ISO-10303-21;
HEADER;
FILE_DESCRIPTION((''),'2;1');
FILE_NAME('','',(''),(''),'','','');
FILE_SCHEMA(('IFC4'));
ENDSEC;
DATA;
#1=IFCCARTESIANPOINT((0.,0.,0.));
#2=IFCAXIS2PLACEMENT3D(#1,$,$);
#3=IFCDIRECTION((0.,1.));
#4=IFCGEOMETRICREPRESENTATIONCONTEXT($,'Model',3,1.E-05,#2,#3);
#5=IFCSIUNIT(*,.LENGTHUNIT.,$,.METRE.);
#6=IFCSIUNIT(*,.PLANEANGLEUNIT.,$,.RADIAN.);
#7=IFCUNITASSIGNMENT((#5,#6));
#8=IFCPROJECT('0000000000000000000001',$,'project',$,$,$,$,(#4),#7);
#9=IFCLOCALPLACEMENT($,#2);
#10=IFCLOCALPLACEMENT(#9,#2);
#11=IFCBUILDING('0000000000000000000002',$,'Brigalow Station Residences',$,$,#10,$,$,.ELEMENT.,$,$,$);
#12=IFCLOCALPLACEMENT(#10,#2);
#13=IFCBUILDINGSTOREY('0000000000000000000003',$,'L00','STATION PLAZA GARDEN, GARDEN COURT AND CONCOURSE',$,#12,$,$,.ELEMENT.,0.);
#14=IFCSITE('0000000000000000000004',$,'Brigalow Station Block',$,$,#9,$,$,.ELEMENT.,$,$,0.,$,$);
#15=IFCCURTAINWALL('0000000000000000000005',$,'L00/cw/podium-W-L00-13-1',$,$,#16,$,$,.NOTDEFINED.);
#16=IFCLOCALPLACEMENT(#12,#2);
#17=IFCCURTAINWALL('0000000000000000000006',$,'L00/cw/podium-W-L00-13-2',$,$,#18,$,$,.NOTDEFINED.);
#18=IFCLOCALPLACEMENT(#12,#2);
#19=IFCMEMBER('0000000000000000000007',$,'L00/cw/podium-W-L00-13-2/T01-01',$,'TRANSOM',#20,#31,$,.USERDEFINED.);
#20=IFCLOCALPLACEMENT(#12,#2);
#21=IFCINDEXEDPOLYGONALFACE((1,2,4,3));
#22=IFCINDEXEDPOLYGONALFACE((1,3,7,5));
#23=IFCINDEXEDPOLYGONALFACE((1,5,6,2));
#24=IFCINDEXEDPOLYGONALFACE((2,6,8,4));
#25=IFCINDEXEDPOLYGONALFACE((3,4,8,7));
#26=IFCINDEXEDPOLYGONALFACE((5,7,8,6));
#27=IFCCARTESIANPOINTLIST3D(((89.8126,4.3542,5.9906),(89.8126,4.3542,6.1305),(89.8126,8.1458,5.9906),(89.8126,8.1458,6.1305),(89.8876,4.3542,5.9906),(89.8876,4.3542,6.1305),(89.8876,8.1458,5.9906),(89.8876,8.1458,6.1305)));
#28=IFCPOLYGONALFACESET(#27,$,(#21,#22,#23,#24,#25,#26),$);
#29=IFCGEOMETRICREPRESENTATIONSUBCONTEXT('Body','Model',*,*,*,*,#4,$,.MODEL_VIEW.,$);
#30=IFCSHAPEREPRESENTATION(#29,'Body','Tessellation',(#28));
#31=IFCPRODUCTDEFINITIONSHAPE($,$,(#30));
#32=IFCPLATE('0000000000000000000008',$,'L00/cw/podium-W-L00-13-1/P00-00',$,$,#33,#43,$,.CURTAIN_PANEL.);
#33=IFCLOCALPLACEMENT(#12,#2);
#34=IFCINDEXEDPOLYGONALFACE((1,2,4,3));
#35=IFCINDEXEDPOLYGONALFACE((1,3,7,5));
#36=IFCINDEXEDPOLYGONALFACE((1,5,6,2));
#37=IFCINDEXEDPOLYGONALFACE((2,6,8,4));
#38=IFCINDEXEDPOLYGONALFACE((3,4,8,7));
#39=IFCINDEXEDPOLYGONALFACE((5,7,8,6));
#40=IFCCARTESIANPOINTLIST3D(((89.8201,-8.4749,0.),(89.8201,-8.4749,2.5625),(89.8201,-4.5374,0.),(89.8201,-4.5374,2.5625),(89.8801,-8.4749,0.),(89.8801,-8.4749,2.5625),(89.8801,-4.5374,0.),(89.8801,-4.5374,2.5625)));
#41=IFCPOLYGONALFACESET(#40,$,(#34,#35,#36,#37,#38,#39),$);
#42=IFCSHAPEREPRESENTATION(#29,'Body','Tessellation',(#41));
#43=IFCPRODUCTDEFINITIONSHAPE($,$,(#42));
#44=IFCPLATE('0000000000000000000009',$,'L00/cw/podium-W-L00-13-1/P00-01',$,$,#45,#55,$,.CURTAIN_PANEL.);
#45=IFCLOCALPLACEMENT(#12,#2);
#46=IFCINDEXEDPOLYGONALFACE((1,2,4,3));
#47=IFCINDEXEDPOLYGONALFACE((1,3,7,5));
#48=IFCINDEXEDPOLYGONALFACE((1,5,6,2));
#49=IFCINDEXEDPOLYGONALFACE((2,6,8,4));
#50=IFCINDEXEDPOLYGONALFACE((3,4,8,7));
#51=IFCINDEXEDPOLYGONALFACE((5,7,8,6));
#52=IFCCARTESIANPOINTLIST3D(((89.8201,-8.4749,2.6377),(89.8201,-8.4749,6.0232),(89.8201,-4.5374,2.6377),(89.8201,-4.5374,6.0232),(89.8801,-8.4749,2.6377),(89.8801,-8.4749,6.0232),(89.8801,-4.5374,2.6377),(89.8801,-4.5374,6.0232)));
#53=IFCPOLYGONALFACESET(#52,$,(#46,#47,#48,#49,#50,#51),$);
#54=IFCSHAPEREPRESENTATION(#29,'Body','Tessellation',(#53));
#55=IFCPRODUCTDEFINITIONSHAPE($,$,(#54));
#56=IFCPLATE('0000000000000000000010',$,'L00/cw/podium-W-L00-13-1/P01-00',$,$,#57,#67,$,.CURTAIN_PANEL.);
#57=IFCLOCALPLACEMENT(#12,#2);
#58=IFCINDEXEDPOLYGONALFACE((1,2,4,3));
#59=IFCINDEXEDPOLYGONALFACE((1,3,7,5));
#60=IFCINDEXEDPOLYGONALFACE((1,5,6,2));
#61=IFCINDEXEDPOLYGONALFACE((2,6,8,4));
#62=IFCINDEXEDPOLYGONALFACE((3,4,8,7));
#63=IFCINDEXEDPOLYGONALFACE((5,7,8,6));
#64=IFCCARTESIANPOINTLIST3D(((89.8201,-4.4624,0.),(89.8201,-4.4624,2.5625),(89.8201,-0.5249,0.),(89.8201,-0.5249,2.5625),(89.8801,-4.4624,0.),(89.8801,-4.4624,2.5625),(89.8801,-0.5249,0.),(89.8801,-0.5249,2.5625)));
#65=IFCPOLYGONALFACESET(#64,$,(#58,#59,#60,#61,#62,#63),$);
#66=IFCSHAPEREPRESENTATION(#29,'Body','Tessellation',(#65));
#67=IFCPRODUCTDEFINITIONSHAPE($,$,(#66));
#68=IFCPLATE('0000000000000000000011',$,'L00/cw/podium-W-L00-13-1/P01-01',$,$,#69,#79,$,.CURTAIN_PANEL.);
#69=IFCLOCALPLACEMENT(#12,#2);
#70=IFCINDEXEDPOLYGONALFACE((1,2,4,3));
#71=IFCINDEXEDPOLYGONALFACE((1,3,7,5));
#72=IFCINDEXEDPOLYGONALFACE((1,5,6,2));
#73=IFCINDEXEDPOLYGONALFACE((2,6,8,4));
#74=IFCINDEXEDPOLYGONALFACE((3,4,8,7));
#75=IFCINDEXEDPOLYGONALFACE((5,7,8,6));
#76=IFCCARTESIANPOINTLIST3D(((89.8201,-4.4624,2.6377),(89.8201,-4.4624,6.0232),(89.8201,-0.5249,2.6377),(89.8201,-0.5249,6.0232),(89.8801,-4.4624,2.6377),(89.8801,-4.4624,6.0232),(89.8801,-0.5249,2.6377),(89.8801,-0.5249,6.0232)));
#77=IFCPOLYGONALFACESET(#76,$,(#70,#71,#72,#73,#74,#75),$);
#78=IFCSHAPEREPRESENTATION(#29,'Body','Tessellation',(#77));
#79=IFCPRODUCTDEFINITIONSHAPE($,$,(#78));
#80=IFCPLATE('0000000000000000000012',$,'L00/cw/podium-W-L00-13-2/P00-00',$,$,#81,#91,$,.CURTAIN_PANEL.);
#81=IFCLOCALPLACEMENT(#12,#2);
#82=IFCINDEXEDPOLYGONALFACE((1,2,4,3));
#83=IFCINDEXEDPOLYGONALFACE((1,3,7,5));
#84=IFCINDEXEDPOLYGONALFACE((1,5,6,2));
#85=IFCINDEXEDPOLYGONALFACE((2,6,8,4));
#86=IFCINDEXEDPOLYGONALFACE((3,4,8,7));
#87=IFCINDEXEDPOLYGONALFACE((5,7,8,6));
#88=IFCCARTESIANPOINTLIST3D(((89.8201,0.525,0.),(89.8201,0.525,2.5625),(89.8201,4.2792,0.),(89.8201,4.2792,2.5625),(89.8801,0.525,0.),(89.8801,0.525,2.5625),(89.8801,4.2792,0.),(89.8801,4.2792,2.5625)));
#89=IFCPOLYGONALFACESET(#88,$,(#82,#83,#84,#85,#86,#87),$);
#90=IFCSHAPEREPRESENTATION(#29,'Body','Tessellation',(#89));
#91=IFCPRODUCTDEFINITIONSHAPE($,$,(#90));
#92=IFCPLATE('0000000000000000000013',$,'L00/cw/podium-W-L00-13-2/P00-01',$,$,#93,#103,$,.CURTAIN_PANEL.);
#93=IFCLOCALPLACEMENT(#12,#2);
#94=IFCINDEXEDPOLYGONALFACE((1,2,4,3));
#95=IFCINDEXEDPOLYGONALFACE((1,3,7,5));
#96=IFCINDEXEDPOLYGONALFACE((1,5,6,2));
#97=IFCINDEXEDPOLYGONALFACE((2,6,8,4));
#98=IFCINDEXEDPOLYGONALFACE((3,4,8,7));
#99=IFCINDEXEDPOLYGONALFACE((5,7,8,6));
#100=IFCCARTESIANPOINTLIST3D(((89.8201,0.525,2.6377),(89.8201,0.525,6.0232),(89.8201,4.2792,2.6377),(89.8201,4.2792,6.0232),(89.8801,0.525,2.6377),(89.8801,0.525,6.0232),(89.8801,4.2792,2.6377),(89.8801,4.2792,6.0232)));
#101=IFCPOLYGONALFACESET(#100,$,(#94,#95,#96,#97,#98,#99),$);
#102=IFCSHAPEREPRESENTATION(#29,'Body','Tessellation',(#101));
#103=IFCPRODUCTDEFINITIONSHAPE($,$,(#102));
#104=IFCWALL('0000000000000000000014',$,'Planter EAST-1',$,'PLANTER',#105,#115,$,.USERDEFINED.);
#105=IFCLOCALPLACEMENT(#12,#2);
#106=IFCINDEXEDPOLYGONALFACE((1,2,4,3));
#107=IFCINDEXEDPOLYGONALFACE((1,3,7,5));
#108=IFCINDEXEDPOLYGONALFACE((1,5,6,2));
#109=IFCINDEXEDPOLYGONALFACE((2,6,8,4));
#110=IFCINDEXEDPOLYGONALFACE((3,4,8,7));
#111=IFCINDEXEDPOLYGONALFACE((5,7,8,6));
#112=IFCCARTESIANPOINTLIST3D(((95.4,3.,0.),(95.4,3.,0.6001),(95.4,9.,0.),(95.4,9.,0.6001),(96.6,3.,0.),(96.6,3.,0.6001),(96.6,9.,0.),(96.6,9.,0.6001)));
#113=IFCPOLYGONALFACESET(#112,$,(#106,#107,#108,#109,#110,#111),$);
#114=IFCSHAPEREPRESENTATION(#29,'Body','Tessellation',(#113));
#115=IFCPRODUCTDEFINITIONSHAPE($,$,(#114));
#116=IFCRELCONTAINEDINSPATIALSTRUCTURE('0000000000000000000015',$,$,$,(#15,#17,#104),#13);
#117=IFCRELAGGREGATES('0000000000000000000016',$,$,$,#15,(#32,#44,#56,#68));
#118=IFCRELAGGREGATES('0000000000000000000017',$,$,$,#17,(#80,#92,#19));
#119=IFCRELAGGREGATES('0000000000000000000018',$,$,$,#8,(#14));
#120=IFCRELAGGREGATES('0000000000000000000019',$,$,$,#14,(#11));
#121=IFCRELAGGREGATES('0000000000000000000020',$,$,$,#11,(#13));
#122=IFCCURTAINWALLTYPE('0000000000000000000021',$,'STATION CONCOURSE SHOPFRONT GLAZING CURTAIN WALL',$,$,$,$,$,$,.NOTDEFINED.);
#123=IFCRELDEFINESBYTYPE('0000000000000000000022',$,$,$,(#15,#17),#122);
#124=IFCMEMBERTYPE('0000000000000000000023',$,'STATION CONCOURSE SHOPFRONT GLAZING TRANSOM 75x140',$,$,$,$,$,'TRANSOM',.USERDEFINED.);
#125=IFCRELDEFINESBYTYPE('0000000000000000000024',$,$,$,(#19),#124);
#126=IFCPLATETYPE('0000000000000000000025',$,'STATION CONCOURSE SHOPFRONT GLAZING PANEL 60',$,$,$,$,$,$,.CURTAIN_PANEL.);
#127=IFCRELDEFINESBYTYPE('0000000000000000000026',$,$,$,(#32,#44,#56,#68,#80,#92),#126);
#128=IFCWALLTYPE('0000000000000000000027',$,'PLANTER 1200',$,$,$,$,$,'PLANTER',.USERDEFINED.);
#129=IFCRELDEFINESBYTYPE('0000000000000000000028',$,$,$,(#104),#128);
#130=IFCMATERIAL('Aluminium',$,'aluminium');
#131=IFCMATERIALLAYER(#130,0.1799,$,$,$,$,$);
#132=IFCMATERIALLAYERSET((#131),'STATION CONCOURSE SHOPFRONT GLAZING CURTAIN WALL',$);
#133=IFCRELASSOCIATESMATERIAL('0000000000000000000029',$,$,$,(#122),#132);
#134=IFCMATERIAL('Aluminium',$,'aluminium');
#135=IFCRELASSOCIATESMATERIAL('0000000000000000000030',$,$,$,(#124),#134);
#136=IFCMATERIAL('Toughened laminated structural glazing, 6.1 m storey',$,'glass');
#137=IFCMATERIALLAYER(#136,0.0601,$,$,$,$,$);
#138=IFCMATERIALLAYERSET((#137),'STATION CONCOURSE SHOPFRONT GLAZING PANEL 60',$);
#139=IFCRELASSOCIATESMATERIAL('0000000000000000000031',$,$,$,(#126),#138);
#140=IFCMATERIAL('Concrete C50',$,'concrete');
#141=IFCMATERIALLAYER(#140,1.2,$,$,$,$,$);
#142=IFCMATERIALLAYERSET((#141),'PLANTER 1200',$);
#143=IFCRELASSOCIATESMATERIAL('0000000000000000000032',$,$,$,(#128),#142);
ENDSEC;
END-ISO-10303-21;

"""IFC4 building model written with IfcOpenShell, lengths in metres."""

from ifc_helpers import new_model, si_unit, direction, frame, frame_2d, origin, origin_2d, place, context, subcontext, project, spatial, rectangle, extrude, material, layer, layer_set, material_profile, profile_set, type_object, element, aggregate, save


model = new_model("IFC4")

# Units and contexts
model_context = context("Model", 3, precision=1e-05, world=origin(), true_north=direction((0.0, 1.0)))
body_context = subcontext(model_context, "Body", "Model", "MODEL_VIEW")
ifc_project = project(units=[si_unit("LENGTHUNIT", "METRE"), si_unit("PLANEANGLEUNIT", "RADIAN")], contexts=[model_context])

# Site, building, storey
site_placement = place(None, origin())
site = spatial("IfcSite", under=ifc_project, at=site_placement, Name="Brigalow Station Block", CompositionType="ELEMENT", RefElevation=0.0)
building_placement = place(site_placement, origin())
building = spatial("IfcBuilding", under=site, at=building_placement, Name="Brigalow Station Residences", CompositionType="ELEMENT")
storey_placement = place(building_placement, origin())
storey = spatial("IfcBuildingStorey", under=building, at=storey_placement, Name="L00", Description="STATION PLAZA GARDEN, GARDEN COURT AND CONCOURSE", CompositionType="ELEMENT", Elevation=0.0)

# Curtain walls
ifc_material_1 = material(Name="Aluminium", Category="aluminium")
ifc_layer_1 = layer(ifc_material_1, 0.1799)
ifc_layer_set_1 = layer_set([ifc_layer_1], Name="STATION CONCOURSE SHOPFRONT GLAZING CURTAIN WALL")
curtain_wall_type = type_object("IfcCurtainWallType", Name="STATION CONCOURSE SHOPFRONT GLAZING CURTAIN WALL", PredefinedType="NOTDEFINED", material=ifc_layer_set_1)
curtain_wall_1_placement = place(storey_placement, origin())
curtain_wall_1 = element("IfcCurtainWall", 1, at=curtain_wall_1_placement, inside=storey, type_object=curtain_wall_type, Name="L00/cw/podium-W-L00-13-1", PredefinedType="NOTDEFINED")
curtain_wall_2_placement = place(storey_placement, origin())
curtain_wall_2 = element("IfcCurtainWall", 2, at=curtain_wall_2_placement, inside=storey, type_object=curtain_wall_type, Name="L00/cw/podium-W-L00-13-2", PredefinedType="NOTDEFINED")

# Member
ifc_material_2 = material(Name="Aluminium", Category="aluminium")
ifc_material_profile_1 = material_profile(ifc_material_2, rectangle(XDim=0.075, YDim=0.1399, at=origin_2d()), Name="STATION CONCOURSE SHOPFRONT GLAZING TRANSOM 75x140")
ifc_profile_set_1 = profile_set([ifc_material_profile_1], Name="Aluminium")
member_type_1 = type_object("IfcMemberType", Name="STATION CONCOURSE SHOPFRONT GLAZING TRANSOM 75x140", ElementType="TRANSOM", PredefinedType="USERDEFINED", material=ifc_profile_set_1)
member_1_placement = place(storey_placement, frame((89.8501, 4.3542, 6.0605), z_axis=(0.0, 1.0, 0.0), x_axis=(-1.0, 0.0, 0.0)))
member_1 = element("IfcMember", 3, at=member_1_placement, type_object=member_type_1, Name="L00/cw/podium-W-L00-13-2/T01-01", ObjectType="TRANSOM", PredefinedType="USERDEFINED", context=body_context, shape_type="SweptSolid", body=[
    extrude(rectangle(XDim=0.075, YDim=0.1399, at=origin_2d()), origin(), (0.0, 0.0, 1.0), 3.7915),
])

# Plates
ifc_material_3 = material(Name="Toughened laminated structural glazing, 6.1 m storey", Category="glass")
ifc_layer_2 = layer(ifc_material_3, 0.0601)
ifc_layer_set_2 = layer_set([ifc_layer_2], Name="STATION CONCOURSE SHOPFRONT GLAZING PANEL 60")
plate_type = type_object("IfcPlateType", Name="STATION CONCOURSE SHOPFRONT GLAZING PANEL 60", PredefinedType="CURTAIN_PANEL", material=ifc_layer_set_2)
plate_1_placement = place(storey_placement, frame((89.8501, -6.5061, 0.0), z_axis=(0.0, 0.0, 1.0), x_axis=(0.0, 1.0, 0.0)))
plate_1 = element("IfcPlate", 4, at=plate_1_placement, type_object=plate_type, Name="L00/cw/podium-W-L00-13-1/P00-00", PredefinedType="CURTAIN_PANEL", context=body_context, shape_type="SweptSolid", body=[
    extrude(rectangle(XDim=3.9375, YDim=0.0601, at=origin_2d()), origin(), (0.0, 0.0, 1.0), 2.5625),
])
plate_2_placement = place(storey_placement, frame((89.8501, -6.5061, 2.6377), z_axis=(0.0, 0.0, 1.0), x_axis=(0.0, 1.0, 0.0)))
plate_2 = element("IfcPlate", 5, at=plate_2_placement, type_object=plate_type, Name="L00/cw/podium-W-L00-13-1/P00-01", PredefinedType="CURTAIN_PANEL", context=body_context, shape_type="SweptSolid", body=[
    extrude(rectangle(XDim=3.9375, YDim=0.0601, at=origin_2d()), origin(), (0.0, 0.0, 1.0), 3.3855),
])
plate_3_placement = place(storey_placement, frame((89.8501, -2.4937, 0.0), z_axis=(0.0, 0.0, 1.0), x_axis=(0.0, 1.0, 0.0)))
plate_3 = element("IfcPlate", 6, at=plate_3_placement, type_object=plate_type, Name="L00/cw/podium-W-L00-13-1/P01-00", PredefinedType="CURTAIN_PANEL", context=body_context, shape_type="SweptSolid", body=[
    extrude(rectangle(XDim=3.9375, YDim=0.0601, at=origin_2d()), origin(), (0.0, 0.0, 1.0), 2.5625),
])
plate_4_placement = place(storey_placement, frame((89.8501, -2.4937, 2.6377), z_axis=(0.0, 0.0, 1.0), x_axis=(0.0, 1.0, 0.0)))
plate_4 = element("IfcPlate", 7, at=plate_4_placement, type_object=plate_type, Name="L00/cw/podium-W-L00-13-1/P01-01", PredefinedType="CURTAIN_PANEL", context=body_context, shape_type="SweptSolid", body=[
    extrude(rectangle(XDim=3.9375, YDim=0.0601, at=origin_2d()), origin(), (0.0, 0.0, 1.0), 3.3855),
])
aggregate(curtain_wall_1, [plate_1, plate_2, plate_3, plate_4])
plate_5_placement = place(storey_placement, frame((89.8501, 2.4021, 0.0), z_axis=(0.0, 0.0, 1.0), x_axis=(0.0, 1.0, 0.0)))
plate_5 = element("IfcPlate", 8, at=plate_5_placement, type_object=plate_type, Name="L00/cw/podium-W-L00-13-2/P00-00", PredefinedType="CURTAIN_PANEL", context=body_context, shape_type="SweptSolid", body=[
    extrude(rectangle(XDim=3.7542, YDim=0.0601, at=origin_2d()), origin(), (0.0, 0.0, 1.0), 2.5625),
])
plate_6_placement = place(storey_placement, frame((89.8501, 2.4021, 2.6377), z_axis=(0.0, 0.0, 1.0), x_axis=(0.0, 1.0, 0.0)))
plate_6 = element("IfcPlate", 9, at=plate_6_placement, type_object=plate_type, Name="L00/cw/podium-W-L00-13-2/P00-01", PredefinedType="CURTAIN_PANEL", context=body_context, shape_type="SweptSolid", body=[
    extrude(rectangle(XDim=3.7542, YDim=0.0601, at=origin_2d()), origin(), (0.0, 0.0, 1.0), 3.3855),
])
aggregate(curtain_wall_2, [plate_5, plate_6, member_1])

# Wall
ifc_material_4 = material(Name="Concrete C50", Category="concrete")
ifc_layer_3 = layer(ifc_material_4, 1.2)
ifc_layer_set_3 = layer_set([ifc_layer_3], Name="PLANTER 1200")
wall_type = type_object("IfcWallType", Name="PLANTER 1200", ElementType="PLANTER", PredefinedType="USERDEFINED", material=ifc_layer_set_3)
wall_placement = place(storey_placement, frame((96.0, 3.0, 0.0), z_axis=(0.0, 0.0, 1.0), x_axis=(0.0, 1.0, 0.0)))
element("IfcWall", 10, at=wall_placement, inside=storey, type_object=wall_type, Name="Planter EAST-1", ObjectType="PLANTER", PredefinedType="USERDEFINED", context=body_context, shape_type="SweptSolid", body=[
    extrude(rectangle(XDim=6.0, YDim=1.2, at=frame_2d((3.0, 0.0))), origin(), (0.0, 0.0, 1.0), 0.6001),
])

save(model, "model.ifc")
